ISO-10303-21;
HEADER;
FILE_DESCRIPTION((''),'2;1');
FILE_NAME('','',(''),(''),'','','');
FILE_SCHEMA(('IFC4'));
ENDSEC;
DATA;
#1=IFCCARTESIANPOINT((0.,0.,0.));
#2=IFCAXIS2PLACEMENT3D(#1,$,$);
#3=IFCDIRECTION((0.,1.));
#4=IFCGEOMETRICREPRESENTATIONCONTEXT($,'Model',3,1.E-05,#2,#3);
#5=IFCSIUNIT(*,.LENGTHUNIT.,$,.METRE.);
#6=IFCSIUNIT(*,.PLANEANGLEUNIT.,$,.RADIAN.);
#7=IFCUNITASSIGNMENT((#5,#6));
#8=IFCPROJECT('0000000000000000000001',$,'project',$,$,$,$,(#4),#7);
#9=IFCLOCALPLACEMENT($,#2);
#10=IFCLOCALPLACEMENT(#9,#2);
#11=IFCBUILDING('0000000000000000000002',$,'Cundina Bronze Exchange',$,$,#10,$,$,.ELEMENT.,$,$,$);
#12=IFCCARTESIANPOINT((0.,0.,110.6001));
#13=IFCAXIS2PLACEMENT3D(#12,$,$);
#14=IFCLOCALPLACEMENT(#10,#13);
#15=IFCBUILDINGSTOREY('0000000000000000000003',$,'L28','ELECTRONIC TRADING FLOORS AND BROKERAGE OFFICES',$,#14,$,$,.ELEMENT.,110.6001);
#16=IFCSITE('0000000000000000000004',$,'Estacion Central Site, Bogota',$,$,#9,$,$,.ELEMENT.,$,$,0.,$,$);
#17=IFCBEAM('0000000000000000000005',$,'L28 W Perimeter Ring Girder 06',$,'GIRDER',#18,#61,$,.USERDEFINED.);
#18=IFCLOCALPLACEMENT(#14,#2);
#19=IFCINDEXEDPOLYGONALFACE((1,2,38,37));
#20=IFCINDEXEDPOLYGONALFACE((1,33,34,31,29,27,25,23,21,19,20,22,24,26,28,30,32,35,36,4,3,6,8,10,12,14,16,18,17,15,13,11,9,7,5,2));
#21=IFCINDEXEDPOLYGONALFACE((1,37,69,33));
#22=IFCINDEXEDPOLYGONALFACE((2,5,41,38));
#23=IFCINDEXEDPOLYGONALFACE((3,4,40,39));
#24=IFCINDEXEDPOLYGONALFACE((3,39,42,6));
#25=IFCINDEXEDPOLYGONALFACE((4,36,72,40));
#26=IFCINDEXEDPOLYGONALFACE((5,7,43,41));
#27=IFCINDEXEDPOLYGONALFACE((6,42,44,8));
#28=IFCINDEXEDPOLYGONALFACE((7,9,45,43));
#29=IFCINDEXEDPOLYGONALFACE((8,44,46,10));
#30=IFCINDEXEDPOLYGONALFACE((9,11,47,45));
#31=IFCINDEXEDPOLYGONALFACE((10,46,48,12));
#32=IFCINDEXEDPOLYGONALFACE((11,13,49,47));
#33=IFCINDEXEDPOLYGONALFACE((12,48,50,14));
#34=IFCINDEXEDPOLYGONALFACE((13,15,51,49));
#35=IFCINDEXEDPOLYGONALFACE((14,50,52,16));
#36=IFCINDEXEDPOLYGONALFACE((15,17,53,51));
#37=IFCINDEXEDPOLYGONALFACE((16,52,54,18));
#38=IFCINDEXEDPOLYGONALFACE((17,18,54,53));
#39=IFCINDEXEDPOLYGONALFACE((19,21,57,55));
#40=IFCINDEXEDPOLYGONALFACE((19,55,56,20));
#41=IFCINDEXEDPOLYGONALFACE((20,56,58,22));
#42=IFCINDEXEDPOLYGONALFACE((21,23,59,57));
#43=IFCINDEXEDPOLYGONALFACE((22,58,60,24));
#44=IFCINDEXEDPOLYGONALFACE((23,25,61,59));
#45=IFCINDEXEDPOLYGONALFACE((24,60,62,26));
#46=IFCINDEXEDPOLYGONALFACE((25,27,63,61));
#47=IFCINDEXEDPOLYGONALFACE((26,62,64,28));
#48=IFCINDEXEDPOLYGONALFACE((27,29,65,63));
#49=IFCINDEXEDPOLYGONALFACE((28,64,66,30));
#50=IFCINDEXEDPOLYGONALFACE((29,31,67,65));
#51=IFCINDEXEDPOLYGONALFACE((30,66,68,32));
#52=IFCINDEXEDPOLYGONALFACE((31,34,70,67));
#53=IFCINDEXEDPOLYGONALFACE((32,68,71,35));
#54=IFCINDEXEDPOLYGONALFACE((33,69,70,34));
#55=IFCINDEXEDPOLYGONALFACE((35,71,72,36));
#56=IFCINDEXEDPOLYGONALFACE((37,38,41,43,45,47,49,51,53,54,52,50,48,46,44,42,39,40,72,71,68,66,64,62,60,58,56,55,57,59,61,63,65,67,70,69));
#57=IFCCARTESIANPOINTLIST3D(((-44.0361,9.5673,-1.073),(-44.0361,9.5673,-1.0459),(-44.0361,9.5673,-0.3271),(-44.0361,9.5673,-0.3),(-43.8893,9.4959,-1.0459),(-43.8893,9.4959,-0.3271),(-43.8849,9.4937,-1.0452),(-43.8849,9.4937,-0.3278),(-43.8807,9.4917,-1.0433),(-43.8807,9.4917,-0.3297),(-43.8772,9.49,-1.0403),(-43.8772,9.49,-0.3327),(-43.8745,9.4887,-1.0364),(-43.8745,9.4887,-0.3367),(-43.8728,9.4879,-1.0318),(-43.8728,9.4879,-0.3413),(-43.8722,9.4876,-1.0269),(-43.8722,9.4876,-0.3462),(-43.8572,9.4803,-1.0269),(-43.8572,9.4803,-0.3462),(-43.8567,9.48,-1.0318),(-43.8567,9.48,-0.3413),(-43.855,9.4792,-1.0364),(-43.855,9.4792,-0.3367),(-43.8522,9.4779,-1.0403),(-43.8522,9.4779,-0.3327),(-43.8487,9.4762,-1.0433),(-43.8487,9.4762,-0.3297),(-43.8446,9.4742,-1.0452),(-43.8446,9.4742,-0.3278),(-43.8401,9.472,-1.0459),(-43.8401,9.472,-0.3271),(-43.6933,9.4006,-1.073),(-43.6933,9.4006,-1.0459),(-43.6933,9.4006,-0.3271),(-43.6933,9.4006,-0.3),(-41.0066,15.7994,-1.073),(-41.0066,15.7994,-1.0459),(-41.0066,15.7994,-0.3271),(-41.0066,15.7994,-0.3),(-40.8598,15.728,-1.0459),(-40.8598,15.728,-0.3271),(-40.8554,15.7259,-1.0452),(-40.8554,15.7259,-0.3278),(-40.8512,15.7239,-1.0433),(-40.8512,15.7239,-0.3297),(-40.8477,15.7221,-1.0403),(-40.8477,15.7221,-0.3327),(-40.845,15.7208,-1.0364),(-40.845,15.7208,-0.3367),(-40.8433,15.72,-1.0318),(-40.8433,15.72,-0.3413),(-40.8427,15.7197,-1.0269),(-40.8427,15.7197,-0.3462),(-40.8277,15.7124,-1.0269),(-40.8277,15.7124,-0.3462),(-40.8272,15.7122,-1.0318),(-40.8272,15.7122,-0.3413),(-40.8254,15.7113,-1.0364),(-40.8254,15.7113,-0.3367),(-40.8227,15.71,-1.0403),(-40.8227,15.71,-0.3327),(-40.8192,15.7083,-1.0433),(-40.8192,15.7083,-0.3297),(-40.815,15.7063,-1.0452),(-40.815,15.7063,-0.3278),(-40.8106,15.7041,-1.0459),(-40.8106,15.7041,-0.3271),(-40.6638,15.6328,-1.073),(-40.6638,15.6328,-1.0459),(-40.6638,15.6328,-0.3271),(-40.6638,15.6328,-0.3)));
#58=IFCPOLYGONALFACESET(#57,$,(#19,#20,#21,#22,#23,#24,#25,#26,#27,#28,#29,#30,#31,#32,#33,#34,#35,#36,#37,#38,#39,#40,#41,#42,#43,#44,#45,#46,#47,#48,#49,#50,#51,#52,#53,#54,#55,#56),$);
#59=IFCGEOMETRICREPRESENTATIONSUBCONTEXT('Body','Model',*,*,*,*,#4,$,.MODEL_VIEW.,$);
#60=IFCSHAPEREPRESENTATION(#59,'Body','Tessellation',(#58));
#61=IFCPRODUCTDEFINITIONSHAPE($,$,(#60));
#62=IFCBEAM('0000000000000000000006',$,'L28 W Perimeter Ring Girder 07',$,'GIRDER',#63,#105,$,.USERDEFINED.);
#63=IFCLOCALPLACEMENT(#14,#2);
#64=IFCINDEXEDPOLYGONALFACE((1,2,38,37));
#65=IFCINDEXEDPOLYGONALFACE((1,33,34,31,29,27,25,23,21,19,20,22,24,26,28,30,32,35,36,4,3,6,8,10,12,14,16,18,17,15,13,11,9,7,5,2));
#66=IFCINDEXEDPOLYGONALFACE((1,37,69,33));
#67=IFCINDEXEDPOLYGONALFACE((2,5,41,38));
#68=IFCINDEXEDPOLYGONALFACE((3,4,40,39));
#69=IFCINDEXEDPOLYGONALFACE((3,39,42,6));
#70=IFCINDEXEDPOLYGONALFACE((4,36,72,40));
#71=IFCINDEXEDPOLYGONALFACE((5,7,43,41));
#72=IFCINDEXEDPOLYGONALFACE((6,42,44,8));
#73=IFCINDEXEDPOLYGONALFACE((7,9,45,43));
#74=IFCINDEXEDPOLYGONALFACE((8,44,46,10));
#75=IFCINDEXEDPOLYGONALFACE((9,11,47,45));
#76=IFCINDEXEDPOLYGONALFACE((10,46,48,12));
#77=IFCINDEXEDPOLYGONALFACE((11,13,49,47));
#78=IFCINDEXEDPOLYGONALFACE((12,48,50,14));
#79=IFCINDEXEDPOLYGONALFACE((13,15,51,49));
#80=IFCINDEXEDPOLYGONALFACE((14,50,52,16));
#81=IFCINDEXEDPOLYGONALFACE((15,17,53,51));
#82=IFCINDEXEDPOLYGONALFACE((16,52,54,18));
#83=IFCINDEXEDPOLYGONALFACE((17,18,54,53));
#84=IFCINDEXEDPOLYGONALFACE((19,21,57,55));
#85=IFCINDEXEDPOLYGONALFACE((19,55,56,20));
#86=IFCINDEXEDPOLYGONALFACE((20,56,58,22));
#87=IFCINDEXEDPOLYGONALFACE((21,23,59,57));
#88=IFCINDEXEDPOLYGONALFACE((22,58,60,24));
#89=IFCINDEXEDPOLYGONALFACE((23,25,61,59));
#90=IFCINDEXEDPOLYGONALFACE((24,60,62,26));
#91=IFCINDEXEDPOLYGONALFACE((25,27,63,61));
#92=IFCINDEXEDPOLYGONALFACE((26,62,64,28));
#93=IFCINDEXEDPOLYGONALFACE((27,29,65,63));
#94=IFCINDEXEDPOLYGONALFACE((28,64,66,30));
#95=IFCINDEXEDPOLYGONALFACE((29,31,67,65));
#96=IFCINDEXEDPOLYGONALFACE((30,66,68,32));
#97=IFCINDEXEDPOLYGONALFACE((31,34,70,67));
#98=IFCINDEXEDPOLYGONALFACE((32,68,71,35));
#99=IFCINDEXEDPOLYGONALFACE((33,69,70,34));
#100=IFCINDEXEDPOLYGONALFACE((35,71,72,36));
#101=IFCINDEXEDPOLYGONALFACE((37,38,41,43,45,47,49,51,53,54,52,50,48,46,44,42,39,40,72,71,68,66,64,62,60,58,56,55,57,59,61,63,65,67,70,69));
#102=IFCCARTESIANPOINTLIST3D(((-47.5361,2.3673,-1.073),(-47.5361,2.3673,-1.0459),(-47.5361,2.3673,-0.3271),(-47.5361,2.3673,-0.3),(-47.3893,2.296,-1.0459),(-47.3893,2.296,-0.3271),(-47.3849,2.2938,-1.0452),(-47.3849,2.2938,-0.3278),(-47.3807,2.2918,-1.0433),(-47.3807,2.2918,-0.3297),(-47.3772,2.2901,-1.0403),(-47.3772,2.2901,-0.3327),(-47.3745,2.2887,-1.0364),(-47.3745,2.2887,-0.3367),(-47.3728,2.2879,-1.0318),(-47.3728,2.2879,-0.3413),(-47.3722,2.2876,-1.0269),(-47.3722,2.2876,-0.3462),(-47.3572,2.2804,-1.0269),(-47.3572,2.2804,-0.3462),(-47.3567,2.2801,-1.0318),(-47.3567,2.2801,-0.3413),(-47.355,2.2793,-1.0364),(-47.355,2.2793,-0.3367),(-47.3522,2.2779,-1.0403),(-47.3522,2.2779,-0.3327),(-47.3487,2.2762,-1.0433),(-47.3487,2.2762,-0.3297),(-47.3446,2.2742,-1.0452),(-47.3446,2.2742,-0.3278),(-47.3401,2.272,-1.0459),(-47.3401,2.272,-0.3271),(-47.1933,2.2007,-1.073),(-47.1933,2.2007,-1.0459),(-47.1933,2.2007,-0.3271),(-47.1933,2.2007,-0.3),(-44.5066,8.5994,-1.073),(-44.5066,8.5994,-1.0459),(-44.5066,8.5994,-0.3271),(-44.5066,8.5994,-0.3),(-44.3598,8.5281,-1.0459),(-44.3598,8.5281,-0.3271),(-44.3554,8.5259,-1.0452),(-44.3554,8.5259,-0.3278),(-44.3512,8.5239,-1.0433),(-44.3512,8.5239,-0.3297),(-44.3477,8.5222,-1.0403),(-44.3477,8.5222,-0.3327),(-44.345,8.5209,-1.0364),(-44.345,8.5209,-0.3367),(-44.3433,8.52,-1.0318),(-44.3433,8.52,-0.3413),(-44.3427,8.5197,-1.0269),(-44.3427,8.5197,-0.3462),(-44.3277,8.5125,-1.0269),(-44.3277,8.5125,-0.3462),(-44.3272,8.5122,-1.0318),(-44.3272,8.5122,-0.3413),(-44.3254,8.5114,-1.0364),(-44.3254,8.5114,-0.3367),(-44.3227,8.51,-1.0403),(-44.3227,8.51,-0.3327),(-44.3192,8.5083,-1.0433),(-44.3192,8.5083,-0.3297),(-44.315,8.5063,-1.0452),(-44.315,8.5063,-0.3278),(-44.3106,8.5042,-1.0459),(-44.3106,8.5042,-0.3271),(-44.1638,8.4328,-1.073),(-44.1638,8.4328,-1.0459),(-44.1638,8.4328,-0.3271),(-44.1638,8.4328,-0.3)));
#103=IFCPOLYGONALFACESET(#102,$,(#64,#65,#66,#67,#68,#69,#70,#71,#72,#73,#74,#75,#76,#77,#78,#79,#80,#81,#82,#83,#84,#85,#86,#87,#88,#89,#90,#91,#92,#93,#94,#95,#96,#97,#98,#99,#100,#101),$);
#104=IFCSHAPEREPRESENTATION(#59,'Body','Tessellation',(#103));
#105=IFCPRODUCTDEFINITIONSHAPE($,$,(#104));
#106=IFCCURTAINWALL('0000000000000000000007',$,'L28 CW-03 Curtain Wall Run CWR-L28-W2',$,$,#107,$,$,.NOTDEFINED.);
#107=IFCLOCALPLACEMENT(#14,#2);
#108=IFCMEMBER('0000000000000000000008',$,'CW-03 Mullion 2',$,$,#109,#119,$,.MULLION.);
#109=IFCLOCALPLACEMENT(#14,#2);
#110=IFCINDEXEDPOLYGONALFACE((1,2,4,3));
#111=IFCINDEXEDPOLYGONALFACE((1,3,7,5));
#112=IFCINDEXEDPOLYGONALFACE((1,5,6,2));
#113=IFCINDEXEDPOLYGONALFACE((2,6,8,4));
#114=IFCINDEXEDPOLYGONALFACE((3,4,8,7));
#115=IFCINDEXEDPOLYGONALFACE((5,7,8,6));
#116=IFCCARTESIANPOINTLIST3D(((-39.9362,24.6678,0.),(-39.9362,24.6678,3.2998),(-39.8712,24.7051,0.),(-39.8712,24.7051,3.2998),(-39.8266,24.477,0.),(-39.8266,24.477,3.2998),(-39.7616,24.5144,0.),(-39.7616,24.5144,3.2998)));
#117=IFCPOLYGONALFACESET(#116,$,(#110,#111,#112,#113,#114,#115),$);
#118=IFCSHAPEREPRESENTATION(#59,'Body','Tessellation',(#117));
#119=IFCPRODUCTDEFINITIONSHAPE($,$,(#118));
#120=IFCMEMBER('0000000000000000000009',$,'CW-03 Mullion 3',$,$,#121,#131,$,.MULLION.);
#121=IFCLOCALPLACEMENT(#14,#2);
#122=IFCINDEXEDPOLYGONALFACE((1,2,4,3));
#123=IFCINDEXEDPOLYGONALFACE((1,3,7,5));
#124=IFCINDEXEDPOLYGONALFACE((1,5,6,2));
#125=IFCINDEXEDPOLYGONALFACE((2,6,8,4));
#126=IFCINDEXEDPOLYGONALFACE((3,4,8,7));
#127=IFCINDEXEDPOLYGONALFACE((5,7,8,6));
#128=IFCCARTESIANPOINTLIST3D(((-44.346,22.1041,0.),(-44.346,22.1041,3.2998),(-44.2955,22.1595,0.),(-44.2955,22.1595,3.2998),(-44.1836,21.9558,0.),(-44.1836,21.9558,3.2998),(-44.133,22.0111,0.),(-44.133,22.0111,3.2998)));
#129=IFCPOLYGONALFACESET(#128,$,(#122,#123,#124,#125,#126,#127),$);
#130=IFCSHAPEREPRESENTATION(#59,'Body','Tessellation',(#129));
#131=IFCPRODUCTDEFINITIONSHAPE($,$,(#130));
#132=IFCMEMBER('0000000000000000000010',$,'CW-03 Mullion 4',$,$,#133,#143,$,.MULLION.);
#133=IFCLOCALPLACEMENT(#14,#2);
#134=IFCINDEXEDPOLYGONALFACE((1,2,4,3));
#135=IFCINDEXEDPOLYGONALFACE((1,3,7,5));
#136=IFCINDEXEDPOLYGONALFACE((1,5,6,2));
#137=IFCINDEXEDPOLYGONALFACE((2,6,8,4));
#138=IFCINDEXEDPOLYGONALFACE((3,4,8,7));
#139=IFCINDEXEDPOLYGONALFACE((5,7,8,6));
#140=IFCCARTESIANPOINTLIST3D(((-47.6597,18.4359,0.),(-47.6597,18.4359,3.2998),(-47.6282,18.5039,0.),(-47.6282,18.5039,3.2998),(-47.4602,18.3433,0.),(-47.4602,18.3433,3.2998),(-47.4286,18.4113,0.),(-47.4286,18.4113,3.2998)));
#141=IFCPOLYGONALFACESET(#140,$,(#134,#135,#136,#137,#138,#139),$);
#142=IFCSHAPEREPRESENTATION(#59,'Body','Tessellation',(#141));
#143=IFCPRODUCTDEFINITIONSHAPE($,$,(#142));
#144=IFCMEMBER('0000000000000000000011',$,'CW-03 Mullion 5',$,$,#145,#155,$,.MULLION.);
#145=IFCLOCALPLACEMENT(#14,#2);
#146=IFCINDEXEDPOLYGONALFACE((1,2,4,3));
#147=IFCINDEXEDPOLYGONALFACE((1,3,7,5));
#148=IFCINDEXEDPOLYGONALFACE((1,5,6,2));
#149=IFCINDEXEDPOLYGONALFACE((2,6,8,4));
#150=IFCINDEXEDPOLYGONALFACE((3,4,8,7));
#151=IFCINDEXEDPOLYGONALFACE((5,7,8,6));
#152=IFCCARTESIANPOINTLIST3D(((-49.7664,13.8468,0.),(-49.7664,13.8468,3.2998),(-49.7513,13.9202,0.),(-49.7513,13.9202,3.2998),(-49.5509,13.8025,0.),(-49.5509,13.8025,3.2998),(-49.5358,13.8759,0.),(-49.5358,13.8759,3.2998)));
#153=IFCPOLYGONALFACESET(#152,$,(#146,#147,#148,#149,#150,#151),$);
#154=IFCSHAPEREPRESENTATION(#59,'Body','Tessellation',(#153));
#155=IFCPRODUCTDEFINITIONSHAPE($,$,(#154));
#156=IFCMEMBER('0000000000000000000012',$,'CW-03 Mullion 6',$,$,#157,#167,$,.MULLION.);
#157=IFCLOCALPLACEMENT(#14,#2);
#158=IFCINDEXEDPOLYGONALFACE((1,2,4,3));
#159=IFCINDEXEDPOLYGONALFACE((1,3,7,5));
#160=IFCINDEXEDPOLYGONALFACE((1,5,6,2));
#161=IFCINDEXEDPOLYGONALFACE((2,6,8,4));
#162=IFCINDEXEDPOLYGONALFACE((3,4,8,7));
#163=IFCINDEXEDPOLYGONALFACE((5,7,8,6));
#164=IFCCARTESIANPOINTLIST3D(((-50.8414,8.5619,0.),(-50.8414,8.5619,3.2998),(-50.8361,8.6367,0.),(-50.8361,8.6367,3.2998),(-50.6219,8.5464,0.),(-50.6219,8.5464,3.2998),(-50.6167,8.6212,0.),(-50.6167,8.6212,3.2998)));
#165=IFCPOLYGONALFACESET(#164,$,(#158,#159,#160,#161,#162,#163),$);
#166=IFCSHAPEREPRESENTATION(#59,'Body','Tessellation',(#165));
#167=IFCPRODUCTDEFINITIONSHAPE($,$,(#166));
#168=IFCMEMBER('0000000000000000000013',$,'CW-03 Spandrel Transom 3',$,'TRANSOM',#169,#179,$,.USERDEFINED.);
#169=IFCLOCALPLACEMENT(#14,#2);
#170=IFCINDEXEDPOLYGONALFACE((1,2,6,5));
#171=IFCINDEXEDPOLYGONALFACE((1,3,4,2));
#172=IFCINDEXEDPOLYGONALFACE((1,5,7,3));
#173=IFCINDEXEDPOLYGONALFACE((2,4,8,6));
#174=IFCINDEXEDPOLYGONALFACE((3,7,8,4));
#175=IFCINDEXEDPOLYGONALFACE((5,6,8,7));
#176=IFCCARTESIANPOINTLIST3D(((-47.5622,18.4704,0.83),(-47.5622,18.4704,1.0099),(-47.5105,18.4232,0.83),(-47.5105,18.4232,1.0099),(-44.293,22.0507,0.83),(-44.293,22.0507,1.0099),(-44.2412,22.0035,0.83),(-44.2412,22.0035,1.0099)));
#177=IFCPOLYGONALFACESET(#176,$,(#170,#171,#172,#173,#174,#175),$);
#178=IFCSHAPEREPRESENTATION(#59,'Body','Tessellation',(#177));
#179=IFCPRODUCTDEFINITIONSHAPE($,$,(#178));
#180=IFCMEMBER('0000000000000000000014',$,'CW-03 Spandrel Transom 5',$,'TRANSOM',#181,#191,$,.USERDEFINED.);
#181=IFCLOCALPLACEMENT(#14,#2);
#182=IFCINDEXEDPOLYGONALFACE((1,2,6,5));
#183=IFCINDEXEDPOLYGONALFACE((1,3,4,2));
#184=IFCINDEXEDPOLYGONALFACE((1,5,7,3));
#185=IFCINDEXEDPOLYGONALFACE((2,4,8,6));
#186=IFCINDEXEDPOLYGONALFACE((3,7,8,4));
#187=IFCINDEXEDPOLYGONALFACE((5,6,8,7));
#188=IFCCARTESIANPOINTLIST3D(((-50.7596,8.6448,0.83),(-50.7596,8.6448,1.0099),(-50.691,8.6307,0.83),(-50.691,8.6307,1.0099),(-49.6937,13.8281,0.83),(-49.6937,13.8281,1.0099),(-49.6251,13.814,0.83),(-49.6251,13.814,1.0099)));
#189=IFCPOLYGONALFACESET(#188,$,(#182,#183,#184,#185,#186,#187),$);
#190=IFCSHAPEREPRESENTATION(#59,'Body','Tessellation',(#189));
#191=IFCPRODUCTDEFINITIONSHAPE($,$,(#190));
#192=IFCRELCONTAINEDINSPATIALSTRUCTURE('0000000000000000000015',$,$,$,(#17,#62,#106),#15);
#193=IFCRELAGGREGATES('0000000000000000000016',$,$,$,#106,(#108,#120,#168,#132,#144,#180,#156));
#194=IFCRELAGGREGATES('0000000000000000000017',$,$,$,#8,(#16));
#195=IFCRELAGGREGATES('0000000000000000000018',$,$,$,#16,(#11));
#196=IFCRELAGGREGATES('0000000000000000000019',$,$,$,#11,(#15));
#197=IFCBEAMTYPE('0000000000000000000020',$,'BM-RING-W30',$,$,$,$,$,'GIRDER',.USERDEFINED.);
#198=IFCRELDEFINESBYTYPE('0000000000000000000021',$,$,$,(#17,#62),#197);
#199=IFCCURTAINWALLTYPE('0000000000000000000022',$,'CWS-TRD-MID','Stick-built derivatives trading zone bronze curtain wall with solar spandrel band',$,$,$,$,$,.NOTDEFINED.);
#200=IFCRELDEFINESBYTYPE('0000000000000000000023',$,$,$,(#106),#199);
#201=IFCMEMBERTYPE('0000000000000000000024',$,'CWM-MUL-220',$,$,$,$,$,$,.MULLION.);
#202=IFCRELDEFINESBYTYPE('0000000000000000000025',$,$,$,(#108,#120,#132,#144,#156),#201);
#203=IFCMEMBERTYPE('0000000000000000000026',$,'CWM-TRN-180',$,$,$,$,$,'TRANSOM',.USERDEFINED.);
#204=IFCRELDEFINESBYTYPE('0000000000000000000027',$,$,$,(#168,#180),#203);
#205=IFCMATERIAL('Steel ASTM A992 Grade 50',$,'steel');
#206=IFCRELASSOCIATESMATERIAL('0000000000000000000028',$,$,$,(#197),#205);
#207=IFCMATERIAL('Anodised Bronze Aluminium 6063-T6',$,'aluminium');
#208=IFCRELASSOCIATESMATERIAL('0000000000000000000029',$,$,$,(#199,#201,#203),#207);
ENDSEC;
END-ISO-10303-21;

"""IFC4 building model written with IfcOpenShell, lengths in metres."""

from ifc_helpers import new_model, si_unit, direction, frame, origin, origin_2d, place, context, subcontext, project, spatial, rectangle, i_section, extrude, material, material_profile, profile_set, type_object, element, aggregate, save


model = new_model("IFC4")

# Units and contexts
model_context = context("Model", 3, precision=1e-05, world=origin(), true_north=direction((0.0, 1.0)))
body_context = subcontext(model_context, "Body", "Model", "MODEL_VIEW")
ifc_project = project(units=[si_unit("LENGTHUNIT", "METRE"), si_unit("PLANEANGLEUNIT", "RADIAN")], contexts=[model_context])

# Site, building, storey
site_placement = place(None, origin())
site = spatial("IfcSite", under=ifc_project, at=site_placement, Name="Estacion Central Site, Bogota", CompositionType="ELEMENT", RefElevation=0.0)
building_placement = place(site_placement, origin())
building = spatial("IfcBuilding", under=site, at=building_placement, Name="Cundina Bronze Exchange", CompositionType="ELEMENT")
storey_placement = place(building_placement, frame((0.0, 0.0, 110.6001)))
storey = spatial("IfcBuildingStorey", under=building, at=storey_placement, Name="L28", Description="ELECTRONIC TRADING FLOORS AND BROKERAGE OFFICES", CompositionType="ELEMENT", Elevation=110.6001)

# Beams
ifc_material_1 = material(Name="Steel ASTM A992 Grade 50", Category="steel")
ifc_material_profile_1 = material_profile(ifc_material_1, i_section(OverallWidth=0.3811, OverallDepth=0.7729, WebThickness=0.0166, FlangeThickness=0.0271, FilletRadius=0.019, at=origin_2d()), Name="W30X173", Category="steel")
ifc_profile_set_1 = profile_set([ifc_material_profile_1], Name="Steel ASTM A992 Grade 50")
beam_type_1 = type_object("IfcBeamType", Name="BM-RING-W30", ElementType="GIRDER", PredefinedType="USERDEFINED", material=ifc_profile_set_1)
for number, where, z_axis, x_axis, name in (
    (1, (-40.8352, 15.7161, -0.6865), (-0.437194, -0.899367, 0.0), (0.899367, -0.437194, 0.0), "L28 W Perimeter Ring Girder 06"),
    (2, (-44.3352, 8.5161, -0.6865), (-0.437194, -0.899367, 0.0), (0.899367, -0.437194, 0.0), "L28 W Perimeter Ring Girder 07"),
):
    element("IfcBeam", number, at=place(storey_placement, frame(where, z_axis=z_axis, x_axis=x_axis)), inside=storey, type_object=beam_type_1, Name=name, ObjectType="GIRDER", PredefinedType="USERDEFINED", context=body_context, shape_type="SweptSolid", body=[
        extrude(i_section(OverallWidth=0.3811, OverallDepth=0.7729, WebThickness=0.0166, FlangeThickness=0.0271, FilletRadius=0.019, at=origin_2d()), origin(), (0.0, 0.0, 1.0), 6.9294),
    ])

# Curtain wall, members
ifc_material_2 = material(Name="Anodised Bronze Aluminium 6063-T6", Category="aluminium")
curtain_wall_type = type_object("IfcCurtainWallType", Name="CWS-TRD-MID", Description="Stick-built derivatives trading zone bronze curtain wall with solar spandrel band", PredefinedType="NOTDEFINED", material=ifc_material_2)
curtain_wall_placement = place(storey_placement, origin())
curtain_wall = element("IfcCurtainWall", 3, at=curtain_wall_placement, inside=storey, type_object=curtain_wall_type, Name="L28 CW-03 Curtain Wall Run CWR-L28-W2", PredefinedType="NOTDEFINED")
ifc_material_profile_2 = material_profile(ifc_material_2, rectangle(XDim=0.075, YDim=0.22, at=origin_2d()), Name="AL75X220", Category="aluminium")
ifc_profile_set_2 = profile_set([ifc_material_profile_2], Name="Anodised Bronze Aluminium 6063-T6")
member_type_1 = type_object("IfcMemberType", Name="CWM-MUL-220", PredefinedType="MULLION", material=ifc_profile_set_2)
member_1_placement = place(storey_placement, frame((-39.8489, 24.5911, 0.0), z_axis=(0.0, 0.0, 1.0), x_axis=(-0.867071, -0.498185, 0.0)))
member_1 = element("IfcMember", 4, at=member_1_placement, type_object=member_type_1, Name="CW-03 Mullion 2", PredefinedType="MULLION", context=body_context, shape_type="SweptSolid", body=[
    extrude(rectangle(XDim=0.075, YDim=0.22, at=origin_2d()), origin(), (0.0, 0.0, 1.0), 3.2998),
])
member_2_placement = place(storey_placement, frame((-44.2395, 22.0576, 0.0), z_axis=(0.0, 0.0, 1.0), x_axis=(-0.674302, -0.738455, 0.0)))
member_2 = element("IfcMember", 5, at=member_2_placement, type_object=member_type_1, Name="CW-03 Mullion 3", PredefinedType="MULLION", context=body_context, shape_type="SweptSolid", body=[
    extrude(rectangle(XDim=0.075, YDim=0.22, at=origin_2d()), origin(), (0.0, 0.0, 1.0), 3.2998),
])
member_3_placement = place(storey_placement, frame((-47.5442, 18.4236, 0.0), z_axis=(0.0, 0.0, 1.0), x_axis=(-0.420877, -0.907117, 0.0)))
member_3 = element("IfcMember", 6, at=member_3_placement, type_object=member_type_1, Name="CW-03 Mullion 4", PredefinedType="MULLION", context=body_context, shape_type="SweptSolid", body=[
    extrude(rectangle(XDim=0.075, YDim=0.22, at=origin_2d()), origin(), (0.0, 0.0, 1.0), 3.2998),
])
member_4_placement = place(storey_placement, frame((-49.6511, 13.8613, 0.0), z_axis=(0.0, 0.0, 1.0), x_axis=(-0.20142, -0.979505, 0.0)))
member_4 = element("IfcMember", 7, at=member_4_placement, type_object=member_type_1, Name="CW-03 Mullion 5", PredefinedType="MULLION", context=body_context, shape_type="SweptSolid", body=[
    extrude(rectangle(XDim=0.075, YDim=0.22, at=origin_2d()), origin(), (0.0, 0.0, 1.0), 3.2998),
])
member_5_placement = place(storey_placement, frame((-50.729, 8.5916, 0.0), z_axis=(0.0, 0.0, 1.0), x_axis=(-0.070279, -0.997527, 0.0)))
member_5 = element("IfcMember", 8, at=member_5_placement, type_object=member_type_1, Name="CW-03 Mullion 6", PredefinedType="MULLION", context=body_context, shape_type="SweptSolid", body=[
    extrude(rectangle(XDim=0.075, YDim=0.22, at=origin_2d()), origin(), (0.0, 0.0, 1.0), 3.2998),
])
ifc_material_profile_3 = material_profile(ifc_material_2, rectangle(XDim=0.0701, YDim=0.1799, at=origin_2d()), Name="AL70X180", Category="aluminium")
ifc_profile_set_3 = profile_set([ifc_material_profile_3], Name="Anodised Bronze Aluminium 6063-T6")
member_type_2 = type_object("IfcMemberType", Name="CWM-TRN-180", ElementType="TRANSOM", PredefinedType="USERDEFINED", material=ifc_profile_set_3)
member_6_placement = place(storey_placement, frame((-44.2671, 22.0271, 0.9199), z_axis=(-0.674303, -0.738455, 0.0), x_axis=(0.738455, -0.674303, 0.0)))
member_6 = element("IfcMember", 9, at=member_6_placement, type_object=member_type_2, Name="CW-03 Spandrel Transom 3", ObjectType="TRANSOM", PredefinedType="USERDEFINED", context=body_context, shape_type="SweptSolid", body=[
    extrude(rectangle(XDim=0.0701, YDim=0.1799, at=origin_2d()), origin(), (0.0, 0.0, 1.0), 4.8484),
])
member_7_placement = place(storey_placement, frame((-49.6594, 13.821, 0.9199), z_axis=(-0.201428, -0.979503, 0.0), x_axis=(0.979503, -0.201428, 0.0)))
member_7 = element("IfcMember", 10, at=member_7_placement, type_object=member_type_2, Name="CW-03 Spandrel Transom 5", ObjectType="TRANSOM", PredefinedType="USERDEFINED", context=body_context, shape_type="SweptSolid", body=[
    extrude(rectangle(XDim=0.0701, YDim=0.1799, at=origin_2d()), origin(), (0.0, 0.0, 1.0), 5.2917),
])
aggregate(curtain_wall, [member_1, member_2, member_6, member_3, member_4, member_7, member_5])

save(model, "model.ifc")
